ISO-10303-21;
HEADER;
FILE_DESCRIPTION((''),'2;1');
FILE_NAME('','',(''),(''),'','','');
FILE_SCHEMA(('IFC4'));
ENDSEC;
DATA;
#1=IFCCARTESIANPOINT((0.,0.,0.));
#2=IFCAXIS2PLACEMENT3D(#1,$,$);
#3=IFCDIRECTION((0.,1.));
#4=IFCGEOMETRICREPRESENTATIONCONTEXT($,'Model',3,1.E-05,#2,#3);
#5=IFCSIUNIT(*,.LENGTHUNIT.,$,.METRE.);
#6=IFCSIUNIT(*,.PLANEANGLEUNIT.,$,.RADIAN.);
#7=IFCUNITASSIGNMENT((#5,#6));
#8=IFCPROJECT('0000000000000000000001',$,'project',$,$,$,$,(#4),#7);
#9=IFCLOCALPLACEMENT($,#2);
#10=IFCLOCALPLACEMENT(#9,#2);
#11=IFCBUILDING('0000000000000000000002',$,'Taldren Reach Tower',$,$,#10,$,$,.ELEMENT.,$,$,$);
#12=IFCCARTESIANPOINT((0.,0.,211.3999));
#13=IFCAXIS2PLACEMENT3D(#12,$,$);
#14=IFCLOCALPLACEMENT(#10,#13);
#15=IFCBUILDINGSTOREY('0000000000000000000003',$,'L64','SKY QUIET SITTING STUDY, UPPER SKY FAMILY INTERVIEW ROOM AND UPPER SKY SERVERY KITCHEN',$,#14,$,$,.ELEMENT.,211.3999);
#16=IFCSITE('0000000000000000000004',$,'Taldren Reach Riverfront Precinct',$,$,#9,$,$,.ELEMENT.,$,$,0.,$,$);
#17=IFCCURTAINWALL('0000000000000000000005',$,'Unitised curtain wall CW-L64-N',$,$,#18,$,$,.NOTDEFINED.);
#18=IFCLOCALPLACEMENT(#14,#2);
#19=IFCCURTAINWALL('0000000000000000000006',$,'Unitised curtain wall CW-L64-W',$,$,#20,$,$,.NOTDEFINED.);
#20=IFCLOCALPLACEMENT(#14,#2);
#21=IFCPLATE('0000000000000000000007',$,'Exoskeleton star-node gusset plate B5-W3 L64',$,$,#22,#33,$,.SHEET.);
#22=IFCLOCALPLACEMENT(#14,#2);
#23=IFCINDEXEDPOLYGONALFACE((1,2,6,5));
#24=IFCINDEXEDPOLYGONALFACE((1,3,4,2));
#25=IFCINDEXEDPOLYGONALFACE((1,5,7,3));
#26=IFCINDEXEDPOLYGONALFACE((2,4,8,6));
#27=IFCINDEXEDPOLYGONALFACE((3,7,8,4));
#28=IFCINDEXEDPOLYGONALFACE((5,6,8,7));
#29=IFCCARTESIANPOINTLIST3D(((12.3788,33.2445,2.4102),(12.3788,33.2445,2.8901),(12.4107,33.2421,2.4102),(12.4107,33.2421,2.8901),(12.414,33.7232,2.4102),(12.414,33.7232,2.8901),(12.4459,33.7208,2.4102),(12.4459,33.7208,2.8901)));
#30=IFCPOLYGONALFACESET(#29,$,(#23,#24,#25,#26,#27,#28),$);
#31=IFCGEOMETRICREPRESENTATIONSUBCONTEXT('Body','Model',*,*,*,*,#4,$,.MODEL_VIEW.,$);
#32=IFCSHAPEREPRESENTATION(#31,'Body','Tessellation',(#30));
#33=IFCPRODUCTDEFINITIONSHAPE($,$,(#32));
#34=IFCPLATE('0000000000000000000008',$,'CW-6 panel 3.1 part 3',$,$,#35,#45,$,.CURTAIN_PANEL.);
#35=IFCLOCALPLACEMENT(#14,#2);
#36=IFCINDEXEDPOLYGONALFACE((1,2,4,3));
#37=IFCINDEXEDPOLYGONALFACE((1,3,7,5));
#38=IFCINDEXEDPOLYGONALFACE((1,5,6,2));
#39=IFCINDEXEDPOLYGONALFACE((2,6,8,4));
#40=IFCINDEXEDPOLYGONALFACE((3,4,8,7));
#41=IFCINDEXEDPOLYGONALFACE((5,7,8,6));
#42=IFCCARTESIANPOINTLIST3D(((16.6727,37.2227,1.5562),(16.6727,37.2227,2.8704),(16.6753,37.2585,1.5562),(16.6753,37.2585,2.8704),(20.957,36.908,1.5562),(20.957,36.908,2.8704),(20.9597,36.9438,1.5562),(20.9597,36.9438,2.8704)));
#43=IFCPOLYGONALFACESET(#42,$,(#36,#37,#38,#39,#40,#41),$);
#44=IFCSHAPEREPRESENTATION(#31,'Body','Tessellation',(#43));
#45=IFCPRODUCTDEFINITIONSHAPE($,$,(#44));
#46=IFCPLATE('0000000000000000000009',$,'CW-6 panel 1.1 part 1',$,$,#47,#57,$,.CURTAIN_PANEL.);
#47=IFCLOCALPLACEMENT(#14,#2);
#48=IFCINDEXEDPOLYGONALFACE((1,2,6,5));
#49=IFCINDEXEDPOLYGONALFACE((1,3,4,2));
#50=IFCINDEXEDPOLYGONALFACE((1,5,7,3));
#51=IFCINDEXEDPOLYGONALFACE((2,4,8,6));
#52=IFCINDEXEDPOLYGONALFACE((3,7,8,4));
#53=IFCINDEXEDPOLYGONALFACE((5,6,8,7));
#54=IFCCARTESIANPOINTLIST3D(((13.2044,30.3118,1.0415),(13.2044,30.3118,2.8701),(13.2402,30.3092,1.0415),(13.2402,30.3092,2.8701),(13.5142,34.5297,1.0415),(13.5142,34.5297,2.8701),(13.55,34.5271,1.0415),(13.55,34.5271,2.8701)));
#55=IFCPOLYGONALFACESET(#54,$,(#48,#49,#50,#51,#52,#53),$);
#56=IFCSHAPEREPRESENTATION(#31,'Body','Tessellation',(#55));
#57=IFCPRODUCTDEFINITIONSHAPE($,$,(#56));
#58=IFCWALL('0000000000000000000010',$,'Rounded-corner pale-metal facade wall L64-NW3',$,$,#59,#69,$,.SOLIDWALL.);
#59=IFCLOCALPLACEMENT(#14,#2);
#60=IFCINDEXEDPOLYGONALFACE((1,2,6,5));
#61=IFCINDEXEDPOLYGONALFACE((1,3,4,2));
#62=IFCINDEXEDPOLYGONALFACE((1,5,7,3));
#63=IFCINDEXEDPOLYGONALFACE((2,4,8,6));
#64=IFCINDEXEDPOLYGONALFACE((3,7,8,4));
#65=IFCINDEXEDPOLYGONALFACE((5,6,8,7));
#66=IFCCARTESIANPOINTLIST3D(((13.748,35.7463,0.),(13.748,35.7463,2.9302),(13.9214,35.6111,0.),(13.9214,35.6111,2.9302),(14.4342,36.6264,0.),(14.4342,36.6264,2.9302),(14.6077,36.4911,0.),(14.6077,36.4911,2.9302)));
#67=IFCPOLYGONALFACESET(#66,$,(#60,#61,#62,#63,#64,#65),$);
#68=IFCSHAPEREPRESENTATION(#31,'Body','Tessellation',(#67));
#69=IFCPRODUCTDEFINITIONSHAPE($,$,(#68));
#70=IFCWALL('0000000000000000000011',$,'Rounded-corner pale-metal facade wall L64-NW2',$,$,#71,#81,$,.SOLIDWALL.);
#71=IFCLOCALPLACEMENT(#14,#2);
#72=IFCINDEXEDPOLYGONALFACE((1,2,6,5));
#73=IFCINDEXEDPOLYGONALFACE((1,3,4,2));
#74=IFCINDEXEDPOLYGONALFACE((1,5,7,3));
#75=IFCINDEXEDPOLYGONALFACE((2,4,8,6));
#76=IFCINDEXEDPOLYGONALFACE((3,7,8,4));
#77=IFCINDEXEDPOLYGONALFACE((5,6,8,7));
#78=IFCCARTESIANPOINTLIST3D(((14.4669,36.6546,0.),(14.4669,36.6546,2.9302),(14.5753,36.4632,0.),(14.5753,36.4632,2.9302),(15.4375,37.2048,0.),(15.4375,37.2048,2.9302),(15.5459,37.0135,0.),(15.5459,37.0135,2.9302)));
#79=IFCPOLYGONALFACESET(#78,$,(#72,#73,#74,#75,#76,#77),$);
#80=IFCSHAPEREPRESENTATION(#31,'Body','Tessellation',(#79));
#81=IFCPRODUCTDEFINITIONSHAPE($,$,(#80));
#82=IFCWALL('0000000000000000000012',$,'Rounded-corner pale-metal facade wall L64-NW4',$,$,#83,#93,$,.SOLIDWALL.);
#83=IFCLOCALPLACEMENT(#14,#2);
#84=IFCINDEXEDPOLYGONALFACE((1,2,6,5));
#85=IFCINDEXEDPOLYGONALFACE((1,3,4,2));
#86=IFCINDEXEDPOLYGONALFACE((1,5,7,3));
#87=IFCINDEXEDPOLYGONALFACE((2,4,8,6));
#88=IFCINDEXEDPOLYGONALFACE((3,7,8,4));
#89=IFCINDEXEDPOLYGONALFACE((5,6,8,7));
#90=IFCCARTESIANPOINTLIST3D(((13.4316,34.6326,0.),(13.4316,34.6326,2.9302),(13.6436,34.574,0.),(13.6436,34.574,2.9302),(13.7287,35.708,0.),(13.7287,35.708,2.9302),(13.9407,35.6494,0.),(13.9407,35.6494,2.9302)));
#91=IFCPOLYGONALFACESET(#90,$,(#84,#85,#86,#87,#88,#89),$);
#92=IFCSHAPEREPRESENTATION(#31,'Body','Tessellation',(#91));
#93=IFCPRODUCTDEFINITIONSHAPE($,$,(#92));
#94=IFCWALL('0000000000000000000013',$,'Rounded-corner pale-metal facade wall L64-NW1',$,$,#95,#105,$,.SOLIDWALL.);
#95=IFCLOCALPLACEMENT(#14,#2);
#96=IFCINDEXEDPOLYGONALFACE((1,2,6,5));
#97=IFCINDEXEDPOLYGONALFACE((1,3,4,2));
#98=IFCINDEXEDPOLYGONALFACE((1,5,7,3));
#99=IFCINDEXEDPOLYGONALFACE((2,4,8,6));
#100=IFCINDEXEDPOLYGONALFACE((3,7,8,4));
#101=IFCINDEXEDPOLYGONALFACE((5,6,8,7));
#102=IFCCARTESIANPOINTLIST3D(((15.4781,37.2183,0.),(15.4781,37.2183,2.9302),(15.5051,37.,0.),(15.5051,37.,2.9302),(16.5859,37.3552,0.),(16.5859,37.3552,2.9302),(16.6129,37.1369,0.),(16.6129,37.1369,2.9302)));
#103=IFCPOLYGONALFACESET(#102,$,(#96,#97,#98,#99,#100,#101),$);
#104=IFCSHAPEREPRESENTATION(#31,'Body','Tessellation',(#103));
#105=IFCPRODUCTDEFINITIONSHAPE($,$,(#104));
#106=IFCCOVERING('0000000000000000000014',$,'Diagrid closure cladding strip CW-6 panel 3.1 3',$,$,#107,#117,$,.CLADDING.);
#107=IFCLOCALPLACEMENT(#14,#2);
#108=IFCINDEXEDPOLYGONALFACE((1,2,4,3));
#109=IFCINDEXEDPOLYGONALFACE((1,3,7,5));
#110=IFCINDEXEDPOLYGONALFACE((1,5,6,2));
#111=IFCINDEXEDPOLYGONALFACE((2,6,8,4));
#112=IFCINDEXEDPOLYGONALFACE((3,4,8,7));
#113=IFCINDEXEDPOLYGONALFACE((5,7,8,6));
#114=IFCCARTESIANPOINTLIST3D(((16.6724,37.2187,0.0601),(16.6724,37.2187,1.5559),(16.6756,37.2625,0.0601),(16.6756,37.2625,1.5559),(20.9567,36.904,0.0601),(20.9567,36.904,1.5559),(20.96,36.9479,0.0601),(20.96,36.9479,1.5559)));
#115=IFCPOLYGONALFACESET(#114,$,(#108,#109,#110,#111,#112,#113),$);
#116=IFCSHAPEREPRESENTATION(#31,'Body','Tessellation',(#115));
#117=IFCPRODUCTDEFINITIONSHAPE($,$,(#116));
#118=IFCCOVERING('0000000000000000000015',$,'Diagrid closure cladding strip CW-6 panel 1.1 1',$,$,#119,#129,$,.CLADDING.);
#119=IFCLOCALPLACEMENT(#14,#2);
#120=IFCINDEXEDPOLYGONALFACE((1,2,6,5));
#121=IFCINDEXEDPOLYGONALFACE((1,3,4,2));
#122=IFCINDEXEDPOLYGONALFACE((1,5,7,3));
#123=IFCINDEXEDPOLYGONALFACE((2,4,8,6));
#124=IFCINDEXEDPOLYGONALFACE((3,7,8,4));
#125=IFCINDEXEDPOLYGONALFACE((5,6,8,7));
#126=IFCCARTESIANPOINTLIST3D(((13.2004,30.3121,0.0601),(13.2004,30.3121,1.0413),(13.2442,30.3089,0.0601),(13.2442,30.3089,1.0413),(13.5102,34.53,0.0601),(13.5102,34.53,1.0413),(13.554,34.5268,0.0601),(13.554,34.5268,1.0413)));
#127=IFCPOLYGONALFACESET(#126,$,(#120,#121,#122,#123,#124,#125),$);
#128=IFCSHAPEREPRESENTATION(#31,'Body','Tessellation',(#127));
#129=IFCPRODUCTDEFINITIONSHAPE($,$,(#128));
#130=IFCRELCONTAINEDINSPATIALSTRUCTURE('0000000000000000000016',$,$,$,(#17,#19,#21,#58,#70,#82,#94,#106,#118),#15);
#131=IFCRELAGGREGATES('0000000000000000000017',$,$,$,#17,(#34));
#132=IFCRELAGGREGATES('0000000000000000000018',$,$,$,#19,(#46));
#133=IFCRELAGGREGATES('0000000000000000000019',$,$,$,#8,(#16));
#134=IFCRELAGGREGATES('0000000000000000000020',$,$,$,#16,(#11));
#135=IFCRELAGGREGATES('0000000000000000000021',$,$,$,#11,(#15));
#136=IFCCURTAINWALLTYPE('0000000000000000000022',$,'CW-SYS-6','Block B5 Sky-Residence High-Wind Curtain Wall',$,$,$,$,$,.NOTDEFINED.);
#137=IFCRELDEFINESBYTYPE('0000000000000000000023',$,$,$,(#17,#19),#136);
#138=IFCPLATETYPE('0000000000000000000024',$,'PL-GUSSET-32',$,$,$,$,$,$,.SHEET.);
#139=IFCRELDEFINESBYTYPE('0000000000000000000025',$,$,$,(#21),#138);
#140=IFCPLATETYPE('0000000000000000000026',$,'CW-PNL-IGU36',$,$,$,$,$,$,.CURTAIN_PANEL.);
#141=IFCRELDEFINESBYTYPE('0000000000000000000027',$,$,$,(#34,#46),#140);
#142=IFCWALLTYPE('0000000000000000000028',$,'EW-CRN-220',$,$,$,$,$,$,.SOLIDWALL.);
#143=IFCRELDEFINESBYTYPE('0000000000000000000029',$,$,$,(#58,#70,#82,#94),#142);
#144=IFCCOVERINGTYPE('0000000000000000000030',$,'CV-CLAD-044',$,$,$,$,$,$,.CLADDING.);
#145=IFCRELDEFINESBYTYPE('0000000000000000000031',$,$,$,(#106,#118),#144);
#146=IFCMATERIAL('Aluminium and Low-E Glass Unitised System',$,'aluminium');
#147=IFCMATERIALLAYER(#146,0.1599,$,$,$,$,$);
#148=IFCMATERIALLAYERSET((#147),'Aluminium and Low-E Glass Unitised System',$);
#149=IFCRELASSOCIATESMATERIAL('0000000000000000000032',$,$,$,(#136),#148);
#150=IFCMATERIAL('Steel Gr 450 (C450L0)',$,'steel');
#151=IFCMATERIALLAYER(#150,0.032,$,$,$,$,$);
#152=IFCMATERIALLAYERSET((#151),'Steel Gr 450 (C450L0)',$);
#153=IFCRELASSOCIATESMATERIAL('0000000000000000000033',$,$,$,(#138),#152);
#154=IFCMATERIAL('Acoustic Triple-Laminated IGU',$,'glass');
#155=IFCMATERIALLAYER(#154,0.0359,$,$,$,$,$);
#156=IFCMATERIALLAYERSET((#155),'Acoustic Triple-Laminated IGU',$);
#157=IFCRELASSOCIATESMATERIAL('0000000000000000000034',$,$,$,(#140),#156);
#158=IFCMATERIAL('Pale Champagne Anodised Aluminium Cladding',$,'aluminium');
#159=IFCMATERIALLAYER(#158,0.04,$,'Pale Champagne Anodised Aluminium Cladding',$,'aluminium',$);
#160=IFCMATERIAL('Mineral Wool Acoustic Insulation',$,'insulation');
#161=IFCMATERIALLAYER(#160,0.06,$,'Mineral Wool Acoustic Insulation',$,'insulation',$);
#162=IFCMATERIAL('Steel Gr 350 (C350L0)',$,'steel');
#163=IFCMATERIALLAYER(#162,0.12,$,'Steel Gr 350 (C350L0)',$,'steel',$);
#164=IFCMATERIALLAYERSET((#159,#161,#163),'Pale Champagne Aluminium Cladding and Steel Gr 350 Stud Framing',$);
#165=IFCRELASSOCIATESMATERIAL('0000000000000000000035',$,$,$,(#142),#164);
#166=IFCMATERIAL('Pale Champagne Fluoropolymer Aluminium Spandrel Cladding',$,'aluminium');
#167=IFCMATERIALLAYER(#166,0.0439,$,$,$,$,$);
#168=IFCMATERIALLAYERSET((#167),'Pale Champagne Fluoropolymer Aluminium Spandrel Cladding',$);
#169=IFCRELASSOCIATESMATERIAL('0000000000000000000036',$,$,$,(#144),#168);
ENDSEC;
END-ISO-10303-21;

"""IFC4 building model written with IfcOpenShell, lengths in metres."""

from ifc_helpers import new_model, si_unit, direction, frame, frame_2d, origin, origin_2d, place, context, subcontext, project, spatial, rectangle, extrude, source, transform, mapped, material, layer, layer_set, type_object, element, aggregate, save


model = new_model("IFC4")

# Units and contexts
model_context = context("Model", 3, precision=1e-05, world=origin(), true_north=direction((0.0, 1.0)))
body_context = subcontext(model_context, "Body", "Model", "MODEL_VIEW")
ifc_project = project(units=[si_unit("LENGTHUNIT", "METRE"), si_unit("PLANEANGLEUNIT", "RADIAN")], contexts=[model_context])

# Site, building, storey
site_placement = place(None, origin())
site = spatial("IfcSite", under=ifc_project, at=site_placement, Name="Taldren Reach Riverfront Precinct", CompositionType="ELEMENT", RefElevation=0.0)
building_placement = place(site_placement, origin())
building = spatial("IfcBuilding", under=site, at=building_placement, Name="Taldren Reach Tower", CompositionType="ELEMENT")
storey_placement = place(building_placement, frame((0.0, 0.0, 211.3999)))
storey = spatial("IfcBuildingStorey", under=building, at=storey_placement, Name="L64", Description="SKY QUIET SITTING STUDY, UPPER SKY FAMILY INTERVIEW ROOM AND UPPER SKY SERVERY KITCHEN", CompositionType="ELEMENT", Elevation=211.3999)

# Shared definitions
ifc_material_1 = material(Name="Steel Gr 350 (C350L0)", Category="steel")

# Shared definitions
ifc_material_2 = material(Name="Steel Gr 450 (C450L0)", Category="steel")

# Curtain wall
ifc_material_3 = material(Name="Aluminium and Low-E Glass Unitised System", Category="aluminium")
ifc_layer_1 = layer(ifc_material_3, 0.1599)
ifc_layer_set_1 = layer_set([ifc_layer_1], Name="Aluminium and Low-E Glass Unitised System")
curtain_wall_type = type_object("IfcCurtainWallType", Name="CW-SYS-6", Description="Block B5 Sky-Residence High-Wind Curtain Wall", PredefinedType="NOTDEFINED", material=ifc_layer_set_1)
curtain_wall_1_placement = place(storey_placement, origin())
curtain_wall_1 = element("IfcCurtainWall", 1, at=curtain_wall_1_placement, inside=storey, type_object=curtain_wall_type, Name="Unitised curtain wall CW-L64-N", PredefinedType="NOTDEFINED")

# Curtain wall
curtain_wall_2_placement = place(storey_placement, origin())
curtain_wall_2 = element("IfcCurtainWall", 2, at=curtain_wall_2_placement, inside=storey, type_object=curtain_wall_type, Name="Unitised curtain wall CW-L64-W", PredefinedType="NOTDEFINED")

# Plate
ifc_layer_2 = layer(ifc_material_2, 0.032)
ifc_layer_set_2 = layer_set([ifc_layer_2], Name="Steel Gr 450 (C450L0)")
plate_type_1 = type_object("IfcPlateType", Name="PL-GUSSET-32", PredefinedType="SHEET", material=ifc_layer_set_2)
shared_shape_1 = source(origin(), body_context, "Body", "SweptSolid", [
    extrude(rectangle(XDim=0.48, YDim=0.032, at=origin_2d()), origin(), (0.0, 0.0, 1.0), 0.48),
])
for number, where, z_axis, x_axis, name in (
    (3, (12.4124, 33.4827, 2.4102), (0.0, 0.0, 1.0), (0.073238, 0.997314, 0.0), "Exoskeleton star-node gusset plate B5-W3 L64"),
):
    element("IfcPlate", number, at=place(storey_placement, frame(where, z_axis=z_axis, x_axis=x_axis)), inside=storey, type_object=plate_type_1, Name=name, PredefinedType="SHEET", context=body_context, shape_type="MappedRepresentation", body=[
        mapped(shared_shape_1, transform((0.0, 0.0, 0.0), scale=1.0)),
    ])

# Plates
ifc_material_4 = material(Name="Acoustic Triple-Laminated IGU", Category="glass")
ifc_layer_3 = layer(ifc_material_4, 0.0359)
ifc_layer_set_3 = layer_set([ifc_layer_3], Name="Acoustic Triple-Laminated IGU")
plate_type_2 = type_object("IfcPlateType", Name="CW-PNL-IGU36", PredefinedType="CURTAIN_PANEL", material=ifc_layer_set_3)
shared_shape_2 = source(origin(), body_context, "Body", "SweptSolid", [
    extrude(rectangle(XDim=4.2959, YDim=0.0359, at=origin_2d()), origin(), (0.0, 0.0, 1.0), 1.3142),
])
plate_1_placement = place(storey_placement, frame((18.8162, 37.0833, 1.5562), z_axis=(0.0, 0.0, 1.0), x_axis=(-0.997314, 0.073238, 0.0)))
plate_1 = element("IfcPlate", 4, at=plate_1_placement, type_object=plate_type_2, Name="CW-6 panel 3.1 part 3", PredefinedType="CURTAIN_PANEL", context=body_context, shape_type="MappedRepresentation", body=[
    mapped(shared_shape_2, transform((0.0, 0.0, 0.0), scale=1.0)),
])
aggregate(curtain_wall_1, [plate_1])
shared_shape_3 = source(origin(), body_context, "Body", "SweptSolid", [
    extrude(rectangle(XDim=4.2292, YDim=0.0359, at=origin_2d()), origin(), (0.0, 0.0, 1.0), 1.8286),
])
plate_2_placement = place(storey_placement, frame((13.3772, 32.4194, 1.0415), z_axis=(0.0, 0.0, 1.0), x_axis=(-0.073238, -0.997314, 0.0)))
plate_2 = element("IfcPlate", 5, at=plate_2_placement, type_object=plate_type_2, Name="CW-6 panel 1.1 part 1", PredefinedType="CURTAIN_PANEL", context=body_context, shape_type="MappedRepresentation", body=[
    mapped(shared_shape_3, transform((0.0, 0.0, 0.0), scale=1.0)),
])
aggregate(curtain_wall_2, [plate_2])

# Walls
ifc_material_5 = material(Name="Pale Champagne Anodised Aluminium Cladding", Category="aluminium")
ifc_layer_4 = layer(ifc_material_5, 0.04, Name="Pale Champagne Anodised Aluminium Cladding", Category="aluminium")
ifc_material_6 = material(Name="Mineral Wool Acoustic Insulation", Category="insulation")
ifc_layer_5 = layer(ifc_material_6, 0.06, Name="Mineral Wool Acoustic Insulation", Category="insulation")
ifc_layer_6 = layer(ifc_material_1, 0.12, Name="Steel Gr 350 (C350L0)", Category="steel")
ifc_layer_set_4 = layer_set([ifc_layer_4, ifc_layer_5, ifc_layer_6], Name="Pale Champagne Aluminium Cladding and Steel Gr 350 Stud Framing")
wall_type = type_object("IfcWallType", Name="EW-CRN-220", PredefinedType="SOLIDWALL", material=ifc_layer_set_4)
shared_shape_4 = source(origin(), body_context, "Body", "SweptSolid", [
    extrude(rectangle(XDim=1.116, YDim=0.22, at=frame_2d((0.5581, 0.0))), origin(), (0.0, 0.0, 1.0), 2.9302),
])
wall_1_placement = place(storey_placement, frame((14.521, 36.5588, 0.0), z_axis=(0.0, 0.0, 1.0), x_axis=(-0.614909, -0.788598, 0.0)))
element("IfcWall", 6, at=wall_1_placement, inside=storey, type_object=wall_type, Name="Rounded-corner pale-metal facade wall L64-NW3", PredefinedType="SOLIDWALL", context=body_context, shape_type="MappedRepresentation", body=[
    mapped(shared_shape_4, transform((0.0, 0.0, 0.0), scale=1.0)),
])
shared_shape_5 = source(origin(), body_context, "Body", "SweptSolid", [
    extrude(rectangle(XDim=1.1157, YDim=0.22, at=frame_2d((0.5579, 0.0))), origin(), (0.0, 0.0, 1.0), 2.9302),
])
for number, where, z_axis, x_axis, name in (
    (7, (15.4917, 37.1091, 0.0), (0.0, 0.0, 1.0), (-0.869935, -0.493167, 0.0), "Rounded-corner pale-metal facade wall L64-NW2"),
    (8, (13.8347, 35.6787, 0.0), (0.0, 0.0, 1.0), (-0.266301, -0.96389, 0.0), "Rounded-corner pale-metal facade wall L64-NW4"),
):
    element("IfcWall", number, at=place(storey_placement, frame(where, z_axis=z_axis, x_axis=x_axis)), inside=storey, type_object=wall_type, Name=name, PredefinedType="SOLIDWALL", context=body_context, shape_type="MappedRepresentation", body=[
        mapped(shared_shape_5, transform((0.0, 0.0, 0.0), scale=1.0)),
    ])
shared_shape_6 = source(origin(), body_context, "Body", "SweptSolid", [
    extrude(rectangle(XDim=1.1162, YDim=0.22, at=frame_2d((0.5581, 0.0))), origin(), (0.0, 0.0, 1.0), 2.9302),
])
wall_2_placement = place(storey_placement, frame((16.5994, 37.2461, 0.0), z_axis=(0.0, 0.0, 1.0), x_axis=(-0.992442, -0.122715, 0.0)))
element("IfcWall", 9, at=wall_2_placement, inside=storey, type_object=wall_type, Name="Rounded-corner pale-metal facade wall L64-NW1", PredefinedType="SOLIDWALL", context=body_context, shape_type="MappedRepresentation", body=[
    mapped(shared_shape_6, transform((0.0, 0.0, 0.0), scale=1.0)),
])

# Coverings
ifc_material_7 = material(Name="Pale Champagne Fluoropolymer Aluminium Spandrel Cladding", Category="aluminium")
ifc_layer_7 = layer(ifc_material_7, 0.0439)
ifc_layer_set_5 = layer_set([ifc_layer_7], Name="Pale Champagne Fluoropolymer Aluminium Spandrel Cladding")
covering_type = type_object("IfcCoveringType", Name="CV-CLAD-044", PredefinedType="CLADDING", material=ifc_layer_set_5)
shared_shape_7 = source(origin(), body_context, "Body", "SweptSolid", [
    extrude(rectangle(XDim=4.2959, YDim=0.0439, at=origin_2d()), origin(), (0.0, 0.0, 1.0), 1.4958),
])
covering_1_placement = place(storey_placement, frame((18.8162, 37.0833, 0.0601), z_axis=(0.0, 0.0, 1.0), x_axis=(-0.997314, 0.073238, 0.0)))
element("IfcCovering", 10, at=covering_1_placement, inside=storey, type_object=covering_type, Name="Diagrid closure cladding strip CW-6 panel 3.1 3", PredefinedType="CLADDING", context=body_context, shape_type="MappedRepresentation", body=[
    mapped(shared_shape_7, transform((0.0, 0.0, 0.0), scale=1.0)),
])
shared_shape_8 = source(origin(), body_context, "Body", "SweptSolid", [
    extrude(rectangle(XDim=4.2292, YDim=0.0439, at=origin_2d()), origin(), (0.0, 0.0, 1.0), 0.9812),
])
covering_2_placement = place(storey_placement, frame((13.3772, 32.4194, 0.0601), z_axis=(0.0, 0.0, 1.0), x_axis=(-0.073238, -0.997314, 0.0)))
element("IfcCovering", 11, at=covering_2_placement, inside=storey, type_object=covering_type, Name="Diagrid closure cladding strip CW-6 panel 1.1 1", PredefinedType="CLADDING", context=body_context, shape_type="MappedRepresentation", body=[
    mapped(shared_shape_8, transform((0.0, 0.0, 0.0), scale=1.0)),
])

save(model, "model.ifc")
